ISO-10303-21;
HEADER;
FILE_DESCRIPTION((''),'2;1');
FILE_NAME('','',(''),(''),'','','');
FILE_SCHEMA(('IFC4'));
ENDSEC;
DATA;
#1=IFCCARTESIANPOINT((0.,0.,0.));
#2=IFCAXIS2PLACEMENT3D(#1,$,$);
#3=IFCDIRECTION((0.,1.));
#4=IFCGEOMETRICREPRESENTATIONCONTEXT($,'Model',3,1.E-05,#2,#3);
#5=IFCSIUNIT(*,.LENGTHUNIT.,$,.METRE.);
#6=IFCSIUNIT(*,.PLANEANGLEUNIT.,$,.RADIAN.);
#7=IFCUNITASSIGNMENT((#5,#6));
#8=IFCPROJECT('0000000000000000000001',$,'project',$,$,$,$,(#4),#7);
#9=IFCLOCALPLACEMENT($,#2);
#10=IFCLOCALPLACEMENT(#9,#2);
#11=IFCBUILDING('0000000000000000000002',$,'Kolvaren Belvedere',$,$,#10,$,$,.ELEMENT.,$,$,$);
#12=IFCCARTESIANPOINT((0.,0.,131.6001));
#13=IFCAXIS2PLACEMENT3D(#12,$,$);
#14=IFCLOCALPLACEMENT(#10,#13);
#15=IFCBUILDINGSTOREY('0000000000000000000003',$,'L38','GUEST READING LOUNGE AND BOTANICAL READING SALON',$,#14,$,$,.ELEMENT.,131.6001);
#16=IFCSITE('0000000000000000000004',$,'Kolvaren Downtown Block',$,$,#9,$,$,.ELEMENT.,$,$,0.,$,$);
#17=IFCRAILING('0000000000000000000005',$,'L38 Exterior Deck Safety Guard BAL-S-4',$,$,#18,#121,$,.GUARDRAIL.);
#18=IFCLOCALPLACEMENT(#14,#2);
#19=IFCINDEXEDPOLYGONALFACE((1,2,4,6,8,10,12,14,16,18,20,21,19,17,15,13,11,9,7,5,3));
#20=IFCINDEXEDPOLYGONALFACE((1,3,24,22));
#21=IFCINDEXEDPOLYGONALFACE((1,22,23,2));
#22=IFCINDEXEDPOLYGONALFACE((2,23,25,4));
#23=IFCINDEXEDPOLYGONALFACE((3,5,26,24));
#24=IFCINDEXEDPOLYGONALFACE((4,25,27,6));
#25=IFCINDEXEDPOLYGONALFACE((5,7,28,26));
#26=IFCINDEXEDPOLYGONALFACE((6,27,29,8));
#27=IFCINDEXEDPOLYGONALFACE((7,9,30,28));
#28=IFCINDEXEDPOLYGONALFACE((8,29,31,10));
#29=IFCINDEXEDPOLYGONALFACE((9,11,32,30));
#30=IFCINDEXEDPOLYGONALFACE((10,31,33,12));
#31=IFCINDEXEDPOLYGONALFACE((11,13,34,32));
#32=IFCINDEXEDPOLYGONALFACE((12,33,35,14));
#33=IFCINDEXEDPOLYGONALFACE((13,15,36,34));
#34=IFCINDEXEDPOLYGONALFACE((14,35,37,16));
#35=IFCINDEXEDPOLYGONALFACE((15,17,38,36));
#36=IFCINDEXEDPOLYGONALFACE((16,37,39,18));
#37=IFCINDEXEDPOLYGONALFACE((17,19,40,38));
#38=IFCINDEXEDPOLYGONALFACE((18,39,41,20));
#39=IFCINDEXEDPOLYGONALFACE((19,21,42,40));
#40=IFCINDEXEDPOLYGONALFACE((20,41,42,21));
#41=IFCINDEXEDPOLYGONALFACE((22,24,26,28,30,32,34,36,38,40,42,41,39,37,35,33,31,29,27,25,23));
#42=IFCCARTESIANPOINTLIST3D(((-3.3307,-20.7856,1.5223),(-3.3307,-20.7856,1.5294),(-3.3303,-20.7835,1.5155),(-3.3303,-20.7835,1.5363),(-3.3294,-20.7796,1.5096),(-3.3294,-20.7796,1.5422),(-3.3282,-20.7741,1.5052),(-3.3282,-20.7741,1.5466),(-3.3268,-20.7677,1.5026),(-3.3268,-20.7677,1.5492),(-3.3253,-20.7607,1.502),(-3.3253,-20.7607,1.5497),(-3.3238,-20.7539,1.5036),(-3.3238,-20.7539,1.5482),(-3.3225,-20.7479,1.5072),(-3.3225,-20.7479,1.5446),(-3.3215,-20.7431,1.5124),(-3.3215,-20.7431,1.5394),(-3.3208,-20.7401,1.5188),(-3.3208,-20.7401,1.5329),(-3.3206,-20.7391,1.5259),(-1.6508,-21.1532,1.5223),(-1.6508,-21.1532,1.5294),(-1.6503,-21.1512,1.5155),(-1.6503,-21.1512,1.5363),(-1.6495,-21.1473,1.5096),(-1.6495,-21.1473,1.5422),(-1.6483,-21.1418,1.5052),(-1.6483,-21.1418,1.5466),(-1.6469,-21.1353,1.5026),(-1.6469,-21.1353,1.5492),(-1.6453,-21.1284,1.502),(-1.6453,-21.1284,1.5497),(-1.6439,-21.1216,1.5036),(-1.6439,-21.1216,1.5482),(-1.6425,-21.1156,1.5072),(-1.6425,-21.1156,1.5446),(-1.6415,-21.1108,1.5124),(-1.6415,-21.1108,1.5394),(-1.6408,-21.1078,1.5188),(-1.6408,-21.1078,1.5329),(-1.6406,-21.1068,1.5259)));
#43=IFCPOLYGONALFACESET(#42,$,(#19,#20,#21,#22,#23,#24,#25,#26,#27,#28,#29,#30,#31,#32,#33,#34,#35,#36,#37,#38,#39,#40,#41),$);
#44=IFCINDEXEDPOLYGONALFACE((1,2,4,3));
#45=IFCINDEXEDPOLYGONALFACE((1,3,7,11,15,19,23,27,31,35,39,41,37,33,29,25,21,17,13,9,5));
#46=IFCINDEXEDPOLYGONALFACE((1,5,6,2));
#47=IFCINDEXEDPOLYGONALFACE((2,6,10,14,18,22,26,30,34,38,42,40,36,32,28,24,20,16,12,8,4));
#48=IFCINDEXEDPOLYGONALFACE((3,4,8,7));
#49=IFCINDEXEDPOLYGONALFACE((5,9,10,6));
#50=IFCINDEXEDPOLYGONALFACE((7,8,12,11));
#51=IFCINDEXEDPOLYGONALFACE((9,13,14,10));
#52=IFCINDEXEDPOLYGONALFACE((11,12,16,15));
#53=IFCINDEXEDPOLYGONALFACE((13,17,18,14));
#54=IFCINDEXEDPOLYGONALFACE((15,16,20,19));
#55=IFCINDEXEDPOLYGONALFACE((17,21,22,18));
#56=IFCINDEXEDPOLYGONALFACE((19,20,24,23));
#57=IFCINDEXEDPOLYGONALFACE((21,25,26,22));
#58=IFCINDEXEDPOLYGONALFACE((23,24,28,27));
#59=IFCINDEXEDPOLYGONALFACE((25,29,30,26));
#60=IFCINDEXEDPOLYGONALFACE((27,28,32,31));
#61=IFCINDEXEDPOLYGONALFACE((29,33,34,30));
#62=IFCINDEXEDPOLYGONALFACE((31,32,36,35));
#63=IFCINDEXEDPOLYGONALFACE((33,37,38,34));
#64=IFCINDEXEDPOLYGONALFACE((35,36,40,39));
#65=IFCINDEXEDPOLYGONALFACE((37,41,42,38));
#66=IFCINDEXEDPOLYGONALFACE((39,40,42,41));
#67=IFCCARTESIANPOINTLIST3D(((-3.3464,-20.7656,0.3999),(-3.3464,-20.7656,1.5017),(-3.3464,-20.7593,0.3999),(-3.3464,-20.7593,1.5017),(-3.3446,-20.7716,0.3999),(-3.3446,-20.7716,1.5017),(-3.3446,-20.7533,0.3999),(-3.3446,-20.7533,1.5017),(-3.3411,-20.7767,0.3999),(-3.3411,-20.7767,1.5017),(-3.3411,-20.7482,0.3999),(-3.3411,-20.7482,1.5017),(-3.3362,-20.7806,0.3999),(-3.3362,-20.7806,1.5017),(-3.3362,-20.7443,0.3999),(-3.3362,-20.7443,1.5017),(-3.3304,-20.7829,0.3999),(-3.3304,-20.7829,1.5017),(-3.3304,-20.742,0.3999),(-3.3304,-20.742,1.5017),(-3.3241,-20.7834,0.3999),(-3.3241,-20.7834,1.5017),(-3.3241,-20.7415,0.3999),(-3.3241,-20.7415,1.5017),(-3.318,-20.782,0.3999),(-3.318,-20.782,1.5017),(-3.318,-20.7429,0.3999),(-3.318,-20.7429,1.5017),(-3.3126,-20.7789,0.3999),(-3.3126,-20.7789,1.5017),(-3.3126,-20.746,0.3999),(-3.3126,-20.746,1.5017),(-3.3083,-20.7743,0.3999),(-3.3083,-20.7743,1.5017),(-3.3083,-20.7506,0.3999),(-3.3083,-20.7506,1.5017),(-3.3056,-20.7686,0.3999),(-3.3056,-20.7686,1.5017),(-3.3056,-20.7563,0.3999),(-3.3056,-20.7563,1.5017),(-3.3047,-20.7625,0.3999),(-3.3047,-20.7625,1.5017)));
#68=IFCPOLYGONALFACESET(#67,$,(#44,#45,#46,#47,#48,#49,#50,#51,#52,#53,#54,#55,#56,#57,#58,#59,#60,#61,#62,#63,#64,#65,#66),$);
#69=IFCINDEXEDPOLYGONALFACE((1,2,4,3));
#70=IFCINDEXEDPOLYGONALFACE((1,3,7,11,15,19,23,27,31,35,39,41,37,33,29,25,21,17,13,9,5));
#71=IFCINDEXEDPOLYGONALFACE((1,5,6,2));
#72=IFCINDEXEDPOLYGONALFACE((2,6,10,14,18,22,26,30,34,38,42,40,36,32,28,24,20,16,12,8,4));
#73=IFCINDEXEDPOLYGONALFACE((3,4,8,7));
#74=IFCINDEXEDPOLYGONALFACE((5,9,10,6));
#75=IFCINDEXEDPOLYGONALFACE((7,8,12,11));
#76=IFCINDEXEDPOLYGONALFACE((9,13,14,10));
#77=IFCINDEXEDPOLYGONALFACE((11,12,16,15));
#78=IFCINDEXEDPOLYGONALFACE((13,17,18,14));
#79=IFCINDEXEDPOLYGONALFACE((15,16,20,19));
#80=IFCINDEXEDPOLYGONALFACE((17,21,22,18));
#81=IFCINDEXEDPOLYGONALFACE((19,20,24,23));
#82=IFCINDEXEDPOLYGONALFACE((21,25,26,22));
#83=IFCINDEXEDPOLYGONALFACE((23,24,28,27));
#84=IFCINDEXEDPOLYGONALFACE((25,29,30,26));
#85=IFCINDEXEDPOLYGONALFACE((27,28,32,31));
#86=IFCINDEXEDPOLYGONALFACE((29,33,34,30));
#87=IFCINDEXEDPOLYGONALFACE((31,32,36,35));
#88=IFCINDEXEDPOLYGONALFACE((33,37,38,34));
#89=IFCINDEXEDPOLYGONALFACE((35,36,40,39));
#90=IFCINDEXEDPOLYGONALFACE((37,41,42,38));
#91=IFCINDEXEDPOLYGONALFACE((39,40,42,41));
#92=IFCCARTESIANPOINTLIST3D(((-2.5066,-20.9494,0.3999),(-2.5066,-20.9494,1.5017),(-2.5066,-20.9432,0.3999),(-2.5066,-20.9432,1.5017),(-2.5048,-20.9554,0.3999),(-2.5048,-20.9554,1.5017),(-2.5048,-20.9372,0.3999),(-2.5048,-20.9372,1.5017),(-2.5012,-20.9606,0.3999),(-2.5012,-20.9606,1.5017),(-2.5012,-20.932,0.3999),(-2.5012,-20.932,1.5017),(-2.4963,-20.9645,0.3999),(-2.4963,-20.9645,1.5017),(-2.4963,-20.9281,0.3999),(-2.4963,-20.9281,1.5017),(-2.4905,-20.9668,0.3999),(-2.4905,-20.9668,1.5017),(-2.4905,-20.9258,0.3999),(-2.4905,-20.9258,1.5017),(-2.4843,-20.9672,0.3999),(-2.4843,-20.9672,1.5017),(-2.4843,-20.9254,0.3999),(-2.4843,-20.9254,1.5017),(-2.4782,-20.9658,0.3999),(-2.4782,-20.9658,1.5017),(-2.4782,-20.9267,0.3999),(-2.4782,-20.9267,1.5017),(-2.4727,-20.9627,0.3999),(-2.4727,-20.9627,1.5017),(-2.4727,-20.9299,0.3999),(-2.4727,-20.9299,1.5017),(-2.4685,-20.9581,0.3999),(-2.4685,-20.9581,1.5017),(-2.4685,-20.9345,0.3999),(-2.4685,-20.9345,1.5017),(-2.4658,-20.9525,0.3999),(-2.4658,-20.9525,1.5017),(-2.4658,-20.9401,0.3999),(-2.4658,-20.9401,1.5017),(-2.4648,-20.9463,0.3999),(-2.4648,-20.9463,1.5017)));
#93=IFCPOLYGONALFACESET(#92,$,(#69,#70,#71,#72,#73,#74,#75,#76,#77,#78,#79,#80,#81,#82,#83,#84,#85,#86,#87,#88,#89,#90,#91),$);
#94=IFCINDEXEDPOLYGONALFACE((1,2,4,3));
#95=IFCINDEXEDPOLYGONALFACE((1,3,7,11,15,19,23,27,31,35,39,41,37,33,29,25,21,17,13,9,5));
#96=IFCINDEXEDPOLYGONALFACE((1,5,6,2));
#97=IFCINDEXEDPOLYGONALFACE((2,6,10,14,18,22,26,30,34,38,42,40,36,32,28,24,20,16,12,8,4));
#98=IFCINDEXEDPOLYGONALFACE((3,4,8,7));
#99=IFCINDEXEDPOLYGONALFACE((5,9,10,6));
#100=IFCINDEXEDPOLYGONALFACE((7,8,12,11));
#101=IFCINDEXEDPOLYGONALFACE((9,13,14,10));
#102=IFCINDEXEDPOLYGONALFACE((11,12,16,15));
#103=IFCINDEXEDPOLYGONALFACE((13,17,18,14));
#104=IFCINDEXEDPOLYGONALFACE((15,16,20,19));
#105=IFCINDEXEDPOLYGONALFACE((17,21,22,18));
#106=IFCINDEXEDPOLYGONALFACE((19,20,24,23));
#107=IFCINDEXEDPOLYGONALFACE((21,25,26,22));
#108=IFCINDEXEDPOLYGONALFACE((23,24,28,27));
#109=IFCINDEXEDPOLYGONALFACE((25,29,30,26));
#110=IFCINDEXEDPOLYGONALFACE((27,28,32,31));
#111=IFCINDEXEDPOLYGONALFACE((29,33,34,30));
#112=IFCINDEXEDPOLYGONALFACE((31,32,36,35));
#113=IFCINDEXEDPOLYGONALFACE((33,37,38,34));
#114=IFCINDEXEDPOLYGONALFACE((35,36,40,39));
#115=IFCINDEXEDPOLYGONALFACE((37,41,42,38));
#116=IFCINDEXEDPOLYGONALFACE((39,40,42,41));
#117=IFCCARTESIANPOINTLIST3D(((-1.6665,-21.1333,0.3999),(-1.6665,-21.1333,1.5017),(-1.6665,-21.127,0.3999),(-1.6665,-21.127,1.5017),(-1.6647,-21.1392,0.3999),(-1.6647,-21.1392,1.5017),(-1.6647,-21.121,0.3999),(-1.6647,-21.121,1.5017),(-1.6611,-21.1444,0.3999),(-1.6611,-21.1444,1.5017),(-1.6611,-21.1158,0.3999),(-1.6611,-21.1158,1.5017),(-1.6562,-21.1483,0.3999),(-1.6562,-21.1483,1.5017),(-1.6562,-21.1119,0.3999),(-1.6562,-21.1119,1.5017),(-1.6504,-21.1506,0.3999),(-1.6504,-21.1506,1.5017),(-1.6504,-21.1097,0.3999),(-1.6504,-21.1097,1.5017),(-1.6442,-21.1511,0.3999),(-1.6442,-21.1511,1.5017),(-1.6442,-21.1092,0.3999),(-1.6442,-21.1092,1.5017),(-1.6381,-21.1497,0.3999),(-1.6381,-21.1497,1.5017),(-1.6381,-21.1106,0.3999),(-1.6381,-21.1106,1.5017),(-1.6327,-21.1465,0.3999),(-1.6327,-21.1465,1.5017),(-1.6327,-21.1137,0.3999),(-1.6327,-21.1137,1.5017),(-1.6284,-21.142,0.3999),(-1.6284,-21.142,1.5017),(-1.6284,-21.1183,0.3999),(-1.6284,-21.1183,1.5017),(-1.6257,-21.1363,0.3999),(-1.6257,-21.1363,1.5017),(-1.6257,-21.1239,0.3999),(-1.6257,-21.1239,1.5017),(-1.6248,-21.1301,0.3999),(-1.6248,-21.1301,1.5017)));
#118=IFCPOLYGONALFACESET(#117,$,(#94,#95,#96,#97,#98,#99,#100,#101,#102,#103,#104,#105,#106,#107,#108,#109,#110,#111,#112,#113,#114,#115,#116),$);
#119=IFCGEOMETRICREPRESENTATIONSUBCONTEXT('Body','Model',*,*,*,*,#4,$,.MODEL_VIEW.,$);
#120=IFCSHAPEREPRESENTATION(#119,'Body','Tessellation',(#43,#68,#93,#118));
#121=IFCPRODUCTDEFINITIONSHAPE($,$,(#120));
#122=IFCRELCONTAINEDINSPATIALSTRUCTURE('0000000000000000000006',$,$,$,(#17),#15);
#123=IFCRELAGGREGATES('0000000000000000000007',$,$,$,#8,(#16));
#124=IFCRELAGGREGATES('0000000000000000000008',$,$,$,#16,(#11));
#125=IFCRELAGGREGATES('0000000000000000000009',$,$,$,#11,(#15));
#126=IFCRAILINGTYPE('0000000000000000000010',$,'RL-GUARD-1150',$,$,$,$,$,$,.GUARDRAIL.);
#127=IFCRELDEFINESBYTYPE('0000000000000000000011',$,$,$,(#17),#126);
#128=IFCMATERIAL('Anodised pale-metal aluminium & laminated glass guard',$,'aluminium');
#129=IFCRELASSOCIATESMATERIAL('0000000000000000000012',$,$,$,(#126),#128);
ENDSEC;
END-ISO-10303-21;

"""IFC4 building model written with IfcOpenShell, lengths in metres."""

from ifc_helpers import new_model, si_unit, direction, frame, origin, origin_2d, place, context, subcontext, project, spatial, circle, extrude, material, type_object, element, save


model = new_model("IFC4")

# Units and contexts
model_context = context("Model", 3, precision=1e-05, world=origin(), true_north=direction((0.0, 1.0)))
body_context = subcontext(model_context, "Body", "Model", "MODEL_VIEW")
ifc_project = project(units=[si_unit("LENGTHUNIT", "METRE"), si_unit("PLANEANGLEUNIT", "RADIAN")], contexts=[model_context])

# Site, building, storey
site_placement = place(None, origin())
site = spatial("IfcSite", under=ifc_project, at=site_placement, Name="Kolvaren Downtown Block", CompositionType="ELEMENT", RefElevation=0.0)
building_placement = place(site_placement, origin())
building = spatial("IfcBuilding", under=site, at=building_placement, Name="Kolvaren Belvedere", CompositionType="ELEMENT")
storey_placement = place(building_placement, frame((0.0, 0.0, 131.6001)))
storey = spatial("IfcBuildingStorey", under=building, at=storey_placement, Name="L38", Description="GUEST READING LOUNGE AND BOTANICAL READING SALON", CompositionType="ELEMENT", Elevation=131.6001)

# Railing
ifc_material_1 = material(Name="Anodised pale-metal aluminium & laminated glass guard", Category="aluminium")
railing_type = type_object("IfcRailingType", Name="RL-GUARD-1150", PredefinedType="GUARDRAIL", material=ifc_material_1)
railing_1_placement = place(storey_placement, frame((-3.3257, -20.7625, 0.3999)))
element("IfcRailing", 1, at=railing_1_placement, inside=storey, type_object=railing_type, Name="L38 Exterior Deck Safety Guard BAL-S-4", PredefinedType="GUARDRAIL", context=body_context, shape_type="SweptSolid", body=[
    extrude(circle(Radius=0.0239, at=origin_2d()), frame((0.0, 0.0, 1.126), z_axis=(0.976877, -0.213803, 0.0), x_axis=(0.213803, 0.976877, 0.0)), (0.0, 0.0, 1.0), 1.7197),
    extrude(circle(Radius=0.021, at=origin_2d()), origin(), (0.0, 0.0, 1.0), 1.1018),
    extrude(circle(Radius=0.021, at=origin_2d()), frame((0.8398, -0.1838, 0.0)), (0.0, 0.0, 1.0), 1.1018),
    extrude(circle(Radius=0.021, at=origin_2d()), frame((1.6799, -0.3677, 0.0)), (0.0, 0.0, 1.0), 1.1018),
])

save(model, "model.ifc")
